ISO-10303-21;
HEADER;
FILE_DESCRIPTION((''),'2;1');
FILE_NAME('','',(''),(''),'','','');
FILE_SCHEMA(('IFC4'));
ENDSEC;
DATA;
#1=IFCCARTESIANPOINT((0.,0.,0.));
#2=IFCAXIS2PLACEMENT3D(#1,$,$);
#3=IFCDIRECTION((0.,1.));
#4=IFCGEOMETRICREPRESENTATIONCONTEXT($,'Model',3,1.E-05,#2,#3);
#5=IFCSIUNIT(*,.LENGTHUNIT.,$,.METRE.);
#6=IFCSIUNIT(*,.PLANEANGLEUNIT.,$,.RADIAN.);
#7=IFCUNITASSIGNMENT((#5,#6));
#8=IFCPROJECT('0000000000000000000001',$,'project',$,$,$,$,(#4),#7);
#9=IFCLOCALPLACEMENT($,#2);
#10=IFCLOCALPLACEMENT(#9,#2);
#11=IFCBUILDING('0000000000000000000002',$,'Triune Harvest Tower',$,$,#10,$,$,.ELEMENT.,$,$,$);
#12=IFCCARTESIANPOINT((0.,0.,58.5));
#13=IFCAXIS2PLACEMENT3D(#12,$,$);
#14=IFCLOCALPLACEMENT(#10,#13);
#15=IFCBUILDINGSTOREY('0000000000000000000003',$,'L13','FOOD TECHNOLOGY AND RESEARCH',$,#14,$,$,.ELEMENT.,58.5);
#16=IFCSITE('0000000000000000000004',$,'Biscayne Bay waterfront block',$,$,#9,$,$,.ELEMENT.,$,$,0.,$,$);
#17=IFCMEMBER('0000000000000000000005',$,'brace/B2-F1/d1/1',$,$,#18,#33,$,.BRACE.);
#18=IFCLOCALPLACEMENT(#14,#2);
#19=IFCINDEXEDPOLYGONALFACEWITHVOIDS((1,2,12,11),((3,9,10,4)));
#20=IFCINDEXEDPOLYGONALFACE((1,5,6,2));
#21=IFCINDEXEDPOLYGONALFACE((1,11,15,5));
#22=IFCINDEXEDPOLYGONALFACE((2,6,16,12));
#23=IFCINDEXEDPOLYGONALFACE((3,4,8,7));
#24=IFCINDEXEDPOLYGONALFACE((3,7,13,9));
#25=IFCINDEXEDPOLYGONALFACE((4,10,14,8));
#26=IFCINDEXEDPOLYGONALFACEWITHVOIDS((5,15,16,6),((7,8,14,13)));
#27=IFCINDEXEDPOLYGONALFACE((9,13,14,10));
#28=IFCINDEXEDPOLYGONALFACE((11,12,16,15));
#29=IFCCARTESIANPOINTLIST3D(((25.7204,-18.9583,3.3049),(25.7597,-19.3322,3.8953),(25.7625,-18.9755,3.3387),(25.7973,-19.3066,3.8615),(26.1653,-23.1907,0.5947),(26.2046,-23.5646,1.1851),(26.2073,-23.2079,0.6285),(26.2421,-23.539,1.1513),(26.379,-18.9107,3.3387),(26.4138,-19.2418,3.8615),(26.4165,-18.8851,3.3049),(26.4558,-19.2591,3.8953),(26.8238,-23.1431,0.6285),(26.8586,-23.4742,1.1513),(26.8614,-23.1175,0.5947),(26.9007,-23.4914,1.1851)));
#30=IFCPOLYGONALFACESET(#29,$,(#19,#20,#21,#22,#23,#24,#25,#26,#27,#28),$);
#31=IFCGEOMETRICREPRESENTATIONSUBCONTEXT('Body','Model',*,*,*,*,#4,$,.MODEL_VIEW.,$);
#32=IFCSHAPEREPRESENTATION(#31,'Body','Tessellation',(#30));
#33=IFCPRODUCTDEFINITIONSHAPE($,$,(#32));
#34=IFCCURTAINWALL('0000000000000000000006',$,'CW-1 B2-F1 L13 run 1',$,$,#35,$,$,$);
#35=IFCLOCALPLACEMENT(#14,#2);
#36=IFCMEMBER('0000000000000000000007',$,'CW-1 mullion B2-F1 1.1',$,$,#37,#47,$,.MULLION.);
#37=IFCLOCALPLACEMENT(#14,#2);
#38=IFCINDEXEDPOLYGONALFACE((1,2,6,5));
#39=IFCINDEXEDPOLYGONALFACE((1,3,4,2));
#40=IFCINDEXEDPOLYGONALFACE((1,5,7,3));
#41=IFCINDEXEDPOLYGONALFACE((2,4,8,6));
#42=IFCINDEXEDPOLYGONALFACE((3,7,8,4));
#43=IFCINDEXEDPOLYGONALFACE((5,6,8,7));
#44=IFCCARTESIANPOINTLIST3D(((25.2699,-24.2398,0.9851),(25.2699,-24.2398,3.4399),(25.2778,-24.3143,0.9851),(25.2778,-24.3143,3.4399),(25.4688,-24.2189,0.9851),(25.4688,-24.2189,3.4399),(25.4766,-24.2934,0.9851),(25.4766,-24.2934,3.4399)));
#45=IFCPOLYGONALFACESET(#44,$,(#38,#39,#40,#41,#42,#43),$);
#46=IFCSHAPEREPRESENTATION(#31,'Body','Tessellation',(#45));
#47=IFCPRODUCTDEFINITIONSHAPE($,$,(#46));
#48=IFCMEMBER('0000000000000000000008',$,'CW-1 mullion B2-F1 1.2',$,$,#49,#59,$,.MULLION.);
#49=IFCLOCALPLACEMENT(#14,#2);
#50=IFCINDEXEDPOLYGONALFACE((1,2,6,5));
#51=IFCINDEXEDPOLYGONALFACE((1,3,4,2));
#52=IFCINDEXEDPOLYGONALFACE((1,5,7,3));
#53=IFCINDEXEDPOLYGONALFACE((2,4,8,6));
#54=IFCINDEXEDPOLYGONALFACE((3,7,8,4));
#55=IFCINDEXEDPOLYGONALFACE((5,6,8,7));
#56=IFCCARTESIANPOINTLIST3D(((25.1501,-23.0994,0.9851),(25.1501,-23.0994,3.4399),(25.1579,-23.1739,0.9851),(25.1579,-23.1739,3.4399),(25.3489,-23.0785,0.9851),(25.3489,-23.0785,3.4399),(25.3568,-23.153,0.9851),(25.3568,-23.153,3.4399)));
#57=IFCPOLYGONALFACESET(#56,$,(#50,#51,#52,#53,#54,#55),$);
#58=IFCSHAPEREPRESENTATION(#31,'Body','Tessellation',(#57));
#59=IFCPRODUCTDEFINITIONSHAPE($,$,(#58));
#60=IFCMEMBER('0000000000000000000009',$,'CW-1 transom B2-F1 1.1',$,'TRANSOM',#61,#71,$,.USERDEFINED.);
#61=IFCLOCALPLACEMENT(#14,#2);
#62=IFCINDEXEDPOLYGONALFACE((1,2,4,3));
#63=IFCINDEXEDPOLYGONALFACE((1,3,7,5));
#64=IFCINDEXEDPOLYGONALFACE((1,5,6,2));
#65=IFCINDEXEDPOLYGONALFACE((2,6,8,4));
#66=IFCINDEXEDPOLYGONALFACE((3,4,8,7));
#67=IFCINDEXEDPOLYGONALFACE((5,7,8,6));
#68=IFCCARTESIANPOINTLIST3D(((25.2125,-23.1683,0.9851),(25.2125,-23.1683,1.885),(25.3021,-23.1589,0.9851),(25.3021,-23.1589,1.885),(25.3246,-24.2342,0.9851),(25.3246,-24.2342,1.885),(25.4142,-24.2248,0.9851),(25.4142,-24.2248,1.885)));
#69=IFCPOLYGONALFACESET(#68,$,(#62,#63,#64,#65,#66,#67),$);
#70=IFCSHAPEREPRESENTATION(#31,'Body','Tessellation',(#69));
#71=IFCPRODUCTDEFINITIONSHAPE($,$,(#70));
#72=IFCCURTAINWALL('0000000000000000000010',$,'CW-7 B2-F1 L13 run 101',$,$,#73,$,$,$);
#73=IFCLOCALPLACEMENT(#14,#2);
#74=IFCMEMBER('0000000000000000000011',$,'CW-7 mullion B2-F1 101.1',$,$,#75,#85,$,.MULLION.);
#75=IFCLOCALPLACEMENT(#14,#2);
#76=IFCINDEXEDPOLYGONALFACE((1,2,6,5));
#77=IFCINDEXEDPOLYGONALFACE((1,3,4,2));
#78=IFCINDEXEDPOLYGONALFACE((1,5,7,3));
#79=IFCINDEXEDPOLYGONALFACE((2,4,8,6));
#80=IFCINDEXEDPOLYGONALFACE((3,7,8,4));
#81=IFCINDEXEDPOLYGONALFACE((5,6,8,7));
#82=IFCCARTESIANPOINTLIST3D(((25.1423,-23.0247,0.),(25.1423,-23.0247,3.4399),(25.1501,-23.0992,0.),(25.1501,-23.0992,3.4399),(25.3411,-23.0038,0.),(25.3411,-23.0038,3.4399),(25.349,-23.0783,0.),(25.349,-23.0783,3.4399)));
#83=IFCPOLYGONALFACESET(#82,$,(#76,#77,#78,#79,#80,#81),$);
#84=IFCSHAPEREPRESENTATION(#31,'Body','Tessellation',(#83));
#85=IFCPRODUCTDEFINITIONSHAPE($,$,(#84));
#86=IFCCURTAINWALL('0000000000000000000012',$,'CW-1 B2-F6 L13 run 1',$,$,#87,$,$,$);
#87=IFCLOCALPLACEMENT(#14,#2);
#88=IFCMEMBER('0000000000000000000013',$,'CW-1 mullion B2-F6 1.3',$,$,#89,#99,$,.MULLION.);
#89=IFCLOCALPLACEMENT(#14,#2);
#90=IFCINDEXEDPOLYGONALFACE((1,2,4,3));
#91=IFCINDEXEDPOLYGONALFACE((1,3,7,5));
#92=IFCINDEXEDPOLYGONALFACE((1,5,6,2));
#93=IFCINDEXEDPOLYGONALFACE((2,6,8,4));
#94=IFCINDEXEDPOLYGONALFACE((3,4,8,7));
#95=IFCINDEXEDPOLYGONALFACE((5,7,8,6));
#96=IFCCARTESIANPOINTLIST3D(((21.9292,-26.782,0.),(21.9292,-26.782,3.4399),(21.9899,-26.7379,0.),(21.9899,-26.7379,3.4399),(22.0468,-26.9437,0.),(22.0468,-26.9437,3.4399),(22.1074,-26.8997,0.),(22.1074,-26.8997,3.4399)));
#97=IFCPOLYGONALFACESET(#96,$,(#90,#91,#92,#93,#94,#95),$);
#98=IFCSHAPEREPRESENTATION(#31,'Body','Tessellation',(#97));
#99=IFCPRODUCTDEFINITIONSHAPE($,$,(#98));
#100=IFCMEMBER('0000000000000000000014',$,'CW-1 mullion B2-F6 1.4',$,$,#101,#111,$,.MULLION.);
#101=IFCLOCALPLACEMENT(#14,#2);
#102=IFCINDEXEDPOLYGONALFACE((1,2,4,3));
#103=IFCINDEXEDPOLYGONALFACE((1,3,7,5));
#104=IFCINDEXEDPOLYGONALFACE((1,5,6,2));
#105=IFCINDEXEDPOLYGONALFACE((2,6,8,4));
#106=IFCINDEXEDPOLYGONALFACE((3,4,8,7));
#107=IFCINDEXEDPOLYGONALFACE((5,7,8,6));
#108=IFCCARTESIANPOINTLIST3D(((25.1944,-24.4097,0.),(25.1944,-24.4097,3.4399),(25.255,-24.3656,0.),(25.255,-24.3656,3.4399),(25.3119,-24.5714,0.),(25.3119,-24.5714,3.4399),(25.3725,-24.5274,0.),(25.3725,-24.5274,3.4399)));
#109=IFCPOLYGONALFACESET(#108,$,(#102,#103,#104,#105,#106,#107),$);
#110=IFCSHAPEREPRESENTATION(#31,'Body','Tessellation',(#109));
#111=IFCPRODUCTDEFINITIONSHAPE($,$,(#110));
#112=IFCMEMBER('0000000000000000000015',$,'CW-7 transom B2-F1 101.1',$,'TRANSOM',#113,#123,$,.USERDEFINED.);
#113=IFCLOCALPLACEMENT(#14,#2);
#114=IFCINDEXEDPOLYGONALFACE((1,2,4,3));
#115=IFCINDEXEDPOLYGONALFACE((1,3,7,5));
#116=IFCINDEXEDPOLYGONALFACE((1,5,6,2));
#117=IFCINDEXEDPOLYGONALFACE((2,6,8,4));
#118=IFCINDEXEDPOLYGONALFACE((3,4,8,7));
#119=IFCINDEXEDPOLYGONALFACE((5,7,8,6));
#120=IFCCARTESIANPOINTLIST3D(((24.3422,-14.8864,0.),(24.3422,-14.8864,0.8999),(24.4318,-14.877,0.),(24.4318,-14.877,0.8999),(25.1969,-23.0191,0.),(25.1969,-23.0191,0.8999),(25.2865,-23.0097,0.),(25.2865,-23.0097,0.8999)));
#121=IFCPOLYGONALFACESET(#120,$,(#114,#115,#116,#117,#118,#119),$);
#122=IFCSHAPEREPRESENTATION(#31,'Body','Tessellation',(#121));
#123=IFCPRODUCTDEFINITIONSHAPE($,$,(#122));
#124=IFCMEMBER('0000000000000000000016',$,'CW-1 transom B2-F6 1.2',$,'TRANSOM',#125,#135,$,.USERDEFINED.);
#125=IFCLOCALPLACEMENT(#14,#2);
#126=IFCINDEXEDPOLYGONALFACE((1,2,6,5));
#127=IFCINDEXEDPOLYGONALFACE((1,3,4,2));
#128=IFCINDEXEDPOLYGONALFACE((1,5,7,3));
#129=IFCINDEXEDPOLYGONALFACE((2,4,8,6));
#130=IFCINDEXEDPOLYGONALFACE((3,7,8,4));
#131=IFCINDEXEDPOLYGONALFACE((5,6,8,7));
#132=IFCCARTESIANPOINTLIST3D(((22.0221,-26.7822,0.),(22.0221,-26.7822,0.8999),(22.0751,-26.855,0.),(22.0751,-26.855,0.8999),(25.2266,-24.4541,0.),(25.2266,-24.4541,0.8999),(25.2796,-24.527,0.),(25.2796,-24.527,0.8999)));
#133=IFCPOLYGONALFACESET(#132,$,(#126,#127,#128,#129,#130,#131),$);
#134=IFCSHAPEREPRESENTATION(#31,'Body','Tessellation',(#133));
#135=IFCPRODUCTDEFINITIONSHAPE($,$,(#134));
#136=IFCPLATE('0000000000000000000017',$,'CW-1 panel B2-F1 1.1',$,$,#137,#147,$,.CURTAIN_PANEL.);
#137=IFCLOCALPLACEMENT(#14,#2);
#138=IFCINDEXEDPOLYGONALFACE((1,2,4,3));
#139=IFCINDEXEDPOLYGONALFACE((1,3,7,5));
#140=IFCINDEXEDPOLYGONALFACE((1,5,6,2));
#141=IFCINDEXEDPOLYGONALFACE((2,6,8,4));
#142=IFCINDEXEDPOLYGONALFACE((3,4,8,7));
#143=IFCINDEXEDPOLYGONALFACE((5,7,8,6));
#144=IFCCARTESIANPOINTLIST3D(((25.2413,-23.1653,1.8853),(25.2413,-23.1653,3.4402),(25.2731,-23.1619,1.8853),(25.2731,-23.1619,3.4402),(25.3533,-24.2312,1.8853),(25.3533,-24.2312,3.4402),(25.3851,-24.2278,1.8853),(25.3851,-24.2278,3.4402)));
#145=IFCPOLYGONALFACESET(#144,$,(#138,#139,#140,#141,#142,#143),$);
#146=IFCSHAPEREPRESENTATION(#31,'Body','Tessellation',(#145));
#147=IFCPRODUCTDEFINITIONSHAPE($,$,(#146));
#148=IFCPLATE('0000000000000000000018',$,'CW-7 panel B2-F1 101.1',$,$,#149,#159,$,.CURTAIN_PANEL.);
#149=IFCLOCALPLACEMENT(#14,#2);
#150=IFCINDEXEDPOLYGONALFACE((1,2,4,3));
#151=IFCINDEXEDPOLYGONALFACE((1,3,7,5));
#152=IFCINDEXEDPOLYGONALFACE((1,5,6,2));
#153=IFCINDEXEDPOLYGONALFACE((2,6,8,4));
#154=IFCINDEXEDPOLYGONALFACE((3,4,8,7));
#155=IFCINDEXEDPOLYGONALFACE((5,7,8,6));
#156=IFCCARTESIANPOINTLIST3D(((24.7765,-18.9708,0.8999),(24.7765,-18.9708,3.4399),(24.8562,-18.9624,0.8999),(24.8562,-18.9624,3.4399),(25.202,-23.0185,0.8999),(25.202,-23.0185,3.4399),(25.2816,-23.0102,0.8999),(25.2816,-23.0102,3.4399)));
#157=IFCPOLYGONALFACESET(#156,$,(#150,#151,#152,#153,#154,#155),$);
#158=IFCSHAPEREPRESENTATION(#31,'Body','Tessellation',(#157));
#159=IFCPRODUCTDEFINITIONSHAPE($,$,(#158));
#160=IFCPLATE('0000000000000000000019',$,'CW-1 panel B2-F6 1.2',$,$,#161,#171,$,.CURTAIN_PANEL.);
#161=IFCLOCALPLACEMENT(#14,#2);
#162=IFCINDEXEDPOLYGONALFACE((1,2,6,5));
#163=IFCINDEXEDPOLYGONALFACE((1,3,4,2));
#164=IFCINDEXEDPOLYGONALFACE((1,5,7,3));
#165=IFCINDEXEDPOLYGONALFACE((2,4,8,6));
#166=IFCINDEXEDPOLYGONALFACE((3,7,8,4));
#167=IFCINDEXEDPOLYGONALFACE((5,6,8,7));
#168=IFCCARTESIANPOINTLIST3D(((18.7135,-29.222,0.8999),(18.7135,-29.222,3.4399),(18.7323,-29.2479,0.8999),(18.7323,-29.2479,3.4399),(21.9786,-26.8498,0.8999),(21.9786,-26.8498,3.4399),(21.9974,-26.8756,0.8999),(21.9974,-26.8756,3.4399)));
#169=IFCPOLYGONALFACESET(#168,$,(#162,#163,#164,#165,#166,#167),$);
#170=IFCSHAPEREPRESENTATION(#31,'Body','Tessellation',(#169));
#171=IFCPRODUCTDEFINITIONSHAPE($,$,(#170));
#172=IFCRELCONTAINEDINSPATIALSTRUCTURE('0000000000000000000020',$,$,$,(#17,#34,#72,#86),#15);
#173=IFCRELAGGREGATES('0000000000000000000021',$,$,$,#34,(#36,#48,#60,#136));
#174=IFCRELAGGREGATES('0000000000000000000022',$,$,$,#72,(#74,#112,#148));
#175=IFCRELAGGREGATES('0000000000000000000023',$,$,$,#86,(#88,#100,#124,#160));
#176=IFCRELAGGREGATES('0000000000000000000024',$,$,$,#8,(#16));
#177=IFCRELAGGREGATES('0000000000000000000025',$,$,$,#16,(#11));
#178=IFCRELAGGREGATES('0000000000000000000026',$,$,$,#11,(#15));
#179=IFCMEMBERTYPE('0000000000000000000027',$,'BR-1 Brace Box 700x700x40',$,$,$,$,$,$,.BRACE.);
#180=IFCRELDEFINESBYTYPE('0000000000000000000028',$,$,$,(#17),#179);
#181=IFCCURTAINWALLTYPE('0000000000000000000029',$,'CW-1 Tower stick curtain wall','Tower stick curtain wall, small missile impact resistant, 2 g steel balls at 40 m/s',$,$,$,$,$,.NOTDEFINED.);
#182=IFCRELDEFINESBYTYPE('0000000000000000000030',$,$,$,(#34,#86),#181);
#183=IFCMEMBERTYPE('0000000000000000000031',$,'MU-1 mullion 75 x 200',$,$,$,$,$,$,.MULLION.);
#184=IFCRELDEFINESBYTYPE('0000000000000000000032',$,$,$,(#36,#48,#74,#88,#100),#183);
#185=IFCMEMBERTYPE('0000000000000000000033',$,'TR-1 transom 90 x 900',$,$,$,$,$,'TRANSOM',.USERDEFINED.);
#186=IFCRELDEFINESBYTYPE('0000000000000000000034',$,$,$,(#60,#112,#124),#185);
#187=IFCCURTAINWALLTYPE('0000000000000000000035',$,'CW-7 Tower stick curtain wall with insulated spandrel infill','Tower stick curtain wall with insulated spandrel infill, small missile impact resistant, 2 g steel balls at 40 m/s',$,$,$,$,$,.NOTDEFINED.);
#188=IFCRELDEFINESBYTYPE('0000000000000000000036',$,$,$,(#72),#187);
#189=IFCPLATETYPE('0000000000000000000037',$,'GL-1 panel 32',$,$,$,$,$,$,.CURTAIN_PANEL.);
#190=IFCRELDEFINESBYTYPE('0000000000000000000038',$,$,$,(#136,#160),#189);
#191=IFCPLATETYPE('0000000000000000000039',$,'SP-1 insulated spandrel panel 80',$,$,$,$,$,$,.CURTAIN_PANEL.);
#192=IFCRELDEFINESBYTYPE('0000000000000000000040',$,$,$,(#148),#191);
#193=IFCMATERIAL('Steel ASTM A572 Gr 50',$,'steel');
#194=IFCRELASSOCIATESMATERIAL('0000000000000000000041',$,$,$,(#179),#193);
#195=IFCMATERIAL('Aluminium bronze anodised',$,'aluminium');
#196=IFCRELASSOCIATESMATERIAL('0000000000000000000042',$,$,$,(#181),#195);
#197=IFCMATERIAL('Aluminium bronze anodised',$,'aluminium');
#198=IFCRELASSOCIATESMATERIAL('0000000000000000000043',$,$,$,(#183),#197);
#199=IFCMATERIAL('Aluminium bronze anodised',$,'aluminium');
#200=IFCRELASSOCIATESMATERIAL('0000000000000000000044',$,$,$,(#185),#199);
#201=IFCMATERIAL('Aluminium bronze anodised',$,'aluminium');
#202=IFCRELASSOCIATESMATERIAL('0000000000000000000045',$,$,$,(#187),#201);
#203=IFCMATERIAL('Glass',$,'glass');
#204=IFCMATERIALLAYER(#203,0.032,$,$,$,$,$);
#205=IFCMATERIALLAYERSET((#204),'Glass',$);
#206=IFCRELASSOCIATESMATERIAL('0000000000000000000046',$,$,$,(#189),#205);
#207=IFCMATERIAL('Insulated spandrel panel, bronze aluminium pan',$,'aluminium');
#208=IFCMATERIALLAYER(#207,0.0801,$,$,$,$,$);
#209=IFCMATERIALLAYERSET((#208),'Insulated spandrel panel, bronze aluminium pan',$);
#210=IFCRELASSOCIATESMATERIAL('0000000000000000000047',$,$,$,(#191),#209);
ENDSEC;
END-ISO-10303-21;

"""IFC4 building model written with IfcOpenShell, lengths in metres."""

from ifc_helpers import new_model, si_unit, direction, frame, origin, origin_2d, place, context, subcontext, project, spatial, rectangle, hollow_rectangle, extrude, source, transform, mapped, material, layer, layer_set, material_profile, profile_set, type_object, element, aggregate, save


model = new_model("IFC4")

# Units and contexts
model_context = context("Model", 3, precision=1e-05, world=origin(), true_north=direction((0.0, 1.0)))
body_context = subcontext(model_context, "Body", "Model", "MODEL_VIEW")
ifc_project = project(units=[si_unit("LENGTHUNIT", "METRE"), si_unit("PLANEANGLEUNIT", "RADIAN")], contexts=[model_context])

# Site, building, storey
site_placement = place(None, origin())
site = spatial("IfcSite", under=ifc_project, at=site_placement, Name="Biscayne Bay waterfront block", CompositionType="ELEMENT", RefElevation=0.0)
building_placement = place(site_placement, origin())
building = spatial("IfcBuilding", under=site, at=building_placement, Name="Triune Harvest Tower", CompositionType="ELEMENT")
storey_placement = place(building_placement, frame((0.0, 0.0, 58.5)))
storey = spatial("IfcBuildingStorey", under=building, at=storey_placement, Name="L13", Description="FOOD TECHNOLOGY AND RESEARCH", CompositionType="ELEMENT", Elevation=58.5)

# Member
ifc_material_1 = material(Name="Steel ASTM A572 Gr 50", Category="steel")
ifc_material_profile_1 = material_profile(ifc_material_1, hollow_rectangle(XDim=0.7, YDim=0.7, WallThickness=0.04, at=origin_2d()), Name="Box 700x700x40")
ifc_profile_set_1 = profile_set([ifc_material_profile_1], Name="Steel ASTM A572 Gr 50")
member_type_1 = type_object("IfcMemberType", Name="BR-1 Brace Box 700x700x40", PredefinedType="BRACE", material=ifc_profile_set_1)
shared_shape_1 = source(origin(), body_context, "Body", "SweptSolid", [
    extrude(hollow_rectangle(XDim=0.7, YDim=0.7, WallThickness=0.04, at=origin_2d()), origin(), (0.0, 0.0, 1.0), 5.0454),
])
member_1_placement = place(storey_placement, frame((26.533, -23.3411, 0.8899), z_axis=(-0.088164, 0.838861, 0.537159), x_axis=(-0.994522, -0.104524, 0.0)))
element("IfcMember", 1, at=member_1_placement, inside=storey, type_object=member_type_1, Name="brace/B2-F1/d1/1", PredefinedType="BRACE", context=body_context, shape_type="MappedRepresentation", body=[
    mapped(shared_shape_1, transform((0.0, 0.0, 0.0), scale=1.0)),
])

# Curtain wall, members
ifc_material_2 = material(Name="Aluminium bronze anodised", Category="aluminium")
curtain_wall_type_1 = type_object("IfcCurtainWallType", Name="CW-1 Tower stick curtain wall", Description="Tower stick curtain wall, small missile impact resistant, 2 g steel balls at 40 m/s", PredefinedType="NOTDEFINED", material=ifc_material_2)
curtain_wall_1_placement = place(storey_placement, origin())
curtain_wall_1 = element("IfcCurtainWall", 2, at=curtain_wall_1_placement, inside=storey, type_object=curtain_wall_type_1, Name="CW-1 B2-F1 L13 run 1")
ifc_material_3 = material(Name="Aluminium bronze anodised", Category="aluminium")
ifc_material_profile_2 = material_profile(ifc_material_3, rectangle(XDim=0.2, YDim=0.075, at=origin_2d()), Name="MU-1 mullion 75 x 200")
ifc_profile_set_2 = profile_set([ifc_material_profile_2], Name="Aluminium bronze anodised")
member_type_2 = type_object("IfcMemberType", Name="MU-1 mullion 75 x 200", PredefinedType="MULLION", material=ifc_profile_set_2)
shared_shape_2 = source(origin(), body_context, "Body", "SweptSolid", [
    extrude(rectangle(XDim=0.2, YDim=0.075, at=origin_2d()), origin(), (0.0, 0.0, 1.0), 2.4548),
])
member_2_placement = place(storey_placement, frame((25.3733, -24.2666, 0.9851), z_axis=(0.0, 0.0, 1.0), x_axis=(-0.994523, -0.104519, 0.0)))
member_2 = element("IfcMember", 3, at=member_2_placement, type_object=member_type_2, Name="CW-1 mullion B2-F1 1.1", PredefinedType="MULLION", context=body_context, shape_type="MappedRepresentation", body=[
    mapped(shared_shape_2, transform((0.0, 0.0, 0.0), scale=1.0)),
])
member_3_placement = place(storey_placement, frame((25.2534, -23.1262, 0.9851), z_axis=(0.0, 0.0, 1.0), x_axis=(-0.994523, -0.104519, 0.0)))
member_3 = element("IfcMember", 4, at=member_3_placement, type_object=member_type_2, Name="CW-1 mullion B2-F1 1.2", PredefinedType="MULLION", context=body_context, shape_type="MappedRepresentation", body=[
    mapped(shared_shape_2, transform((0.0, 0.0, 0.0), scale=1.0)),
])
ifc_material_4 = material(Name="Aluminium bronze anodised", Category="aluminium")
ifc_material_profile_3 = material_profile(ifc_material_4, rectangle(XDim=0.0901, YDim=0.8999, at=origin_2d()), Name="TR-1 transom 90 x 900")
ifc_profile_set_3 = profile_set([ifc_material_profile_3], Name="Aluminium bronze anodised")
member_type_3 = type_object("IfcMemberType", Name="TR-1 transom 90 x 900", ElementType="TRANSOM", PredefinedType="USERDEFINED", material=ifc_profile_set_3)
shared_shape_3 = source(origin(), body_context, "Body", "SweptSolid", [
    extrude(rectangle(XDim=0.0901, YDim=0.8999, at=origin_2d()), origin(), (0.0, 0.0, 1.0), 1.0718),
])
member_4_placement = place(storey_placement, frame((25.3694, -24.2295, 1.4351), z_axis=(-0.104554, 0.994519, 0.0), x_axis=(-0.994519, -0.104554, 0.0)))
member_4 = element("IfcMember", 5, at=member_4_placement, type_object=member_type_3, Name="CW-1 transom B2-F1 1.1", ObjectType="TRANSOM", PredefinedType="USERDEFINED", context=body_context, shape_type="MappedRepresentation", body=[
    mapped(shared_shape_3, transform((0.0, 0.0, 0.0), scale=1.0)),
])

# Curtain wall, member
ifc_material_5 = material(Name="Aluminium bronze anodised", Category="aluminium")
curtain_wall_type_2 = type_object("IfcCurtainWallType", Name="CW-7 Tower stick curtain wall with insulated spandrel infill", Description="Tower stick curtain wall with insulated spandrel infill, small missile impact resistant, 2 g steel balls at 40 m/s", PredefinedType="NOTDEFINED", material=ifc_material_5)
curtain_wall_2_placement = place(storey_placement, origin())
curtain_wall_2 = element("IfcCurtainWall", 6, at=curtain_wall_2_placement, inside=storey, type_object=curtain_wall_type_2, Name="CW-7 B2-F1 L13 run 101")
shared_shape_4 = source(origin(), body_context, "Body", "SweptSolid", [
    extrude(rectangle(XDim=0.2, YDim=0.075, at=origin_2d()), origin(), (0.0, 0.0, 1.0), 3.4399),
])
member_5_placement = place(storey_placement, frame((25.2456, -23.0515, 0.0), z_axis=(0.0, 0.0, 1.0), x_axis=(-0.994522, -0.104529, 0.0)))
member_5 = element("IfcMember", 7, at=member_5_placement, type_object=member_type_2, Name="CW-7 mullion B2-F1 101.1", PredefinedType="MULLION", context=body_context, shape_type="MappedRepresentation", body=[
    mapped(shared_shape_4, transform((0.0, 0.0, 0.0), scale=1.0)),
])

# Curtain wall, members
curtain_wall_3_placement = place(storey_placement, origin())
curtain_wall_3 = element("IfcCurtainWall", 8, at=curtain_wall_3_placement, inside=storey, type_object=curtain_wall_type_1, Name="CW-1 B2-F6 L13 run 1")
member_6_placement = place(storey_placement, frame((22.0183, -26.8408, 0.0), z_axis=(0.0, 0.0, 1.0), x_axis=(-0.58779, 0.809013, 0.0)))
member_6 = element("IfcMember", 9, at=member_6_placement, type_object=member_type_2, Name="CW-1 mullion B2-F6 1.3", PredefinedType="MULLION", context=body_context, shape_type="MappedRepresentation", body=[
    mapped(shared_shape_4, transform((0.0, 0.0, 0.0), scale=1.0)),
])
member_7_placement = place(storey_placement, frame((25.2834, -24.4685, 0.0), z_axis=(0.0, 0.0, 1.0), x_axis=(-0.58779, 0.809013, 0.0)))
member_7 = element("IfcMember", 10, at=member_7_placement, type_object=member_type_2, Name="CW-1 mullion B2-F6 1.4", PredefinedType="MULLION", context=body_context, shape_type="MappedRepresentation", body=[
    mapped(shared_shape_4, transform((0.0, 0.0, 0.0), scale=1.0)),
])

# Members
shared_shape_5 = source(origin(), body_context, "Body", "SweptSolid", [
    extrude(rectangle(XDim=0.0901, YDim=0.8999, at=origin_2d()), origin(), (0.0, 0.0, 1.0), 8.1775),
])
member_8_placement = place(storey_placement, frame((25.2417, -23.0144, 0.45), z_axis=(-0.104522, 0.994523, 0.0), x_axis=(-0.994523, -0.104522, 0.0)))
member_8 = element("IfcMember", 11, at=member_8_placement, type_object=member_type_3, Name="CW-7 transom B2-F1 101.1", ObjectType="TRANSOM", PredefinedType="USERDEFINED", context=body_context, shape_type="MappedRepresentation", body=[
    mapped(shared_shape_5, transform((0.0, 0.0, 0.0), scale=1.0)),
])
shared_shape_6 = source(origin(), body_context, "Body", "SweptSolid", [
    extrude(rectangle(XDim=0.0901, YDim=0.8999, at=origin_2d()), origin(), (0.0, 0.0, 1.0), 3.9609),
])
member_9_placement = place(storey_placement, frame((22.0486, -26.8186, 0.45), z_axis=(0.809034, 0.587761, 0.0), x_axis=(-0.587761, 0.809034, 0.0)))
member_9 = element("IfcMember", 12, at=member_9_placement, type_object=member_type_3, Name="CW-1 transom B2-F6 1.2", ObjectType="TRANSOM", PredefinedType="USERDEFINED", context=body_context, shape_type="MappedRepresentation", body=[
    mapped(shared_shape_6, transform((0.0, 0.0, 0.0), scale=1.0)),
])

# Plates
ifc_material_6 = material(Name="Glass", Category="glass")
ifc_layer_1 = layer(ifc_material_6, 0.032)
ifc_layer_set_1 = layer_set([ifc_layer_1], Name="Glass")
plate_type_1 = type_object("IfcPlateType", Name="GL-1 panel 32", PredefinedType="CURTAIN_PANEL", material=ifc_layer_set_1)
shared_shape_7 = source(origin(), body_context, "Body", "SweptSolid", [
    extrude(rectangle(XDim=1.0718, YDim=0.032, at=origin_2d()), origin(), (0.0, 0.0, 1.0), 1.5549),
])
plate_1_placement = place(storey_placement, frame((25.3132, -23.6965, 1.8853), z_axis=(0.0, 0.0, 1.0), x_axis=(-0.104519, 0.994523, 0.0)))
plate_1 = element("IfcPlate", 13, at=plate_1_placement, type_object=plate_type_1, Name="CW-1 panel B2-F1 1.1", PredefinedType="CURTAIN_PANEL", context=body_context, shape_type="MappedRepresentation", body=[
    mapped(shared_shape_7, transform((0.0, 0.0, 0.0), scale=1.0)),
])
aggregate(curtain_wall_1, [member_2, member_3, member_4, plate_1])
ifc_material_7 = material(Name="Insulated spandrel panel, bronze aluminium pan", Category="aluminium")
ifc_layer_2 = layer(ifc_material_7, 0.0801)
ifc_layer_set_2 = layer_set([ifc_layer_2], Name="Insulated spandrel panel, bronze aluminium pan")
plate_type_2 = type_object("IfcPlateType", Name="SP-1 insulated spandrel panel 80", PredefinedType="CURTAIN_PANEL", material=ifc_layer_set_2)
shared_shape_8 = source(origin(), body_context, "Body", "SweptSolid", [
    extrude(rectangle(XDim=4.0701, YDim=0.0801, at=origin_2d()), origin(), (0.0, 0.0, 1.0), 2.54),
])
plate_2_placement = place(storey_placement, frame((25.0291, -20.9905, 0.8999), z_axis=(0.0, 0.0, 1.0), x_axis=(-0.104529, 0.994522, 0.0)))
plate_2 = element("IfcPlate", 14, at=plate_2_placement, type_object=plate_type_2, Name="CW-7 panel B2-F1 101.1", PredefinedType="CURTAIN_PANEL", context=body_context, shape_type="MappedRepresentation", body=[
    mapped(shared_shape_8, transform((0.0, 0.0, 0.0), scale=1.0)),
])
aggregate(curtain_wall_2, [member_5, member_8, plate_2])
shared_shape_9 = source(origin(), body_context, "Body", "SweptSolid", [
    extrude(rectangle(XDim=4.0359, YDim=0.032, at=origin_2d()), origin(), (0.0, 0.0, 1.0), 2.54),
])
plate_3_placement = place(storey_placement, frame((20.3555, -28.0488, 0.8999), z_axis=(0.0, 0.0, 1.0), x_axis=(0.809013, 0.58779, 0.0)))
plate_3 = element("IfcPlate", 15, at=plate_3_placement, type_object=plate_type_1, Name="CW-1 panel B2-F6 1.2", PredefinedType="CURTAIN_PANEL", context=body_context, shape_type="MappedRepresentation", body=[
    mapped(shared_shape_9, transform((0.0, 0.0, 0.0), scale=1.0)),
])
aggregate(curtain_wall_3, [member_6, member_7, member_9, plate_3])

save(model, "model.ifc")
